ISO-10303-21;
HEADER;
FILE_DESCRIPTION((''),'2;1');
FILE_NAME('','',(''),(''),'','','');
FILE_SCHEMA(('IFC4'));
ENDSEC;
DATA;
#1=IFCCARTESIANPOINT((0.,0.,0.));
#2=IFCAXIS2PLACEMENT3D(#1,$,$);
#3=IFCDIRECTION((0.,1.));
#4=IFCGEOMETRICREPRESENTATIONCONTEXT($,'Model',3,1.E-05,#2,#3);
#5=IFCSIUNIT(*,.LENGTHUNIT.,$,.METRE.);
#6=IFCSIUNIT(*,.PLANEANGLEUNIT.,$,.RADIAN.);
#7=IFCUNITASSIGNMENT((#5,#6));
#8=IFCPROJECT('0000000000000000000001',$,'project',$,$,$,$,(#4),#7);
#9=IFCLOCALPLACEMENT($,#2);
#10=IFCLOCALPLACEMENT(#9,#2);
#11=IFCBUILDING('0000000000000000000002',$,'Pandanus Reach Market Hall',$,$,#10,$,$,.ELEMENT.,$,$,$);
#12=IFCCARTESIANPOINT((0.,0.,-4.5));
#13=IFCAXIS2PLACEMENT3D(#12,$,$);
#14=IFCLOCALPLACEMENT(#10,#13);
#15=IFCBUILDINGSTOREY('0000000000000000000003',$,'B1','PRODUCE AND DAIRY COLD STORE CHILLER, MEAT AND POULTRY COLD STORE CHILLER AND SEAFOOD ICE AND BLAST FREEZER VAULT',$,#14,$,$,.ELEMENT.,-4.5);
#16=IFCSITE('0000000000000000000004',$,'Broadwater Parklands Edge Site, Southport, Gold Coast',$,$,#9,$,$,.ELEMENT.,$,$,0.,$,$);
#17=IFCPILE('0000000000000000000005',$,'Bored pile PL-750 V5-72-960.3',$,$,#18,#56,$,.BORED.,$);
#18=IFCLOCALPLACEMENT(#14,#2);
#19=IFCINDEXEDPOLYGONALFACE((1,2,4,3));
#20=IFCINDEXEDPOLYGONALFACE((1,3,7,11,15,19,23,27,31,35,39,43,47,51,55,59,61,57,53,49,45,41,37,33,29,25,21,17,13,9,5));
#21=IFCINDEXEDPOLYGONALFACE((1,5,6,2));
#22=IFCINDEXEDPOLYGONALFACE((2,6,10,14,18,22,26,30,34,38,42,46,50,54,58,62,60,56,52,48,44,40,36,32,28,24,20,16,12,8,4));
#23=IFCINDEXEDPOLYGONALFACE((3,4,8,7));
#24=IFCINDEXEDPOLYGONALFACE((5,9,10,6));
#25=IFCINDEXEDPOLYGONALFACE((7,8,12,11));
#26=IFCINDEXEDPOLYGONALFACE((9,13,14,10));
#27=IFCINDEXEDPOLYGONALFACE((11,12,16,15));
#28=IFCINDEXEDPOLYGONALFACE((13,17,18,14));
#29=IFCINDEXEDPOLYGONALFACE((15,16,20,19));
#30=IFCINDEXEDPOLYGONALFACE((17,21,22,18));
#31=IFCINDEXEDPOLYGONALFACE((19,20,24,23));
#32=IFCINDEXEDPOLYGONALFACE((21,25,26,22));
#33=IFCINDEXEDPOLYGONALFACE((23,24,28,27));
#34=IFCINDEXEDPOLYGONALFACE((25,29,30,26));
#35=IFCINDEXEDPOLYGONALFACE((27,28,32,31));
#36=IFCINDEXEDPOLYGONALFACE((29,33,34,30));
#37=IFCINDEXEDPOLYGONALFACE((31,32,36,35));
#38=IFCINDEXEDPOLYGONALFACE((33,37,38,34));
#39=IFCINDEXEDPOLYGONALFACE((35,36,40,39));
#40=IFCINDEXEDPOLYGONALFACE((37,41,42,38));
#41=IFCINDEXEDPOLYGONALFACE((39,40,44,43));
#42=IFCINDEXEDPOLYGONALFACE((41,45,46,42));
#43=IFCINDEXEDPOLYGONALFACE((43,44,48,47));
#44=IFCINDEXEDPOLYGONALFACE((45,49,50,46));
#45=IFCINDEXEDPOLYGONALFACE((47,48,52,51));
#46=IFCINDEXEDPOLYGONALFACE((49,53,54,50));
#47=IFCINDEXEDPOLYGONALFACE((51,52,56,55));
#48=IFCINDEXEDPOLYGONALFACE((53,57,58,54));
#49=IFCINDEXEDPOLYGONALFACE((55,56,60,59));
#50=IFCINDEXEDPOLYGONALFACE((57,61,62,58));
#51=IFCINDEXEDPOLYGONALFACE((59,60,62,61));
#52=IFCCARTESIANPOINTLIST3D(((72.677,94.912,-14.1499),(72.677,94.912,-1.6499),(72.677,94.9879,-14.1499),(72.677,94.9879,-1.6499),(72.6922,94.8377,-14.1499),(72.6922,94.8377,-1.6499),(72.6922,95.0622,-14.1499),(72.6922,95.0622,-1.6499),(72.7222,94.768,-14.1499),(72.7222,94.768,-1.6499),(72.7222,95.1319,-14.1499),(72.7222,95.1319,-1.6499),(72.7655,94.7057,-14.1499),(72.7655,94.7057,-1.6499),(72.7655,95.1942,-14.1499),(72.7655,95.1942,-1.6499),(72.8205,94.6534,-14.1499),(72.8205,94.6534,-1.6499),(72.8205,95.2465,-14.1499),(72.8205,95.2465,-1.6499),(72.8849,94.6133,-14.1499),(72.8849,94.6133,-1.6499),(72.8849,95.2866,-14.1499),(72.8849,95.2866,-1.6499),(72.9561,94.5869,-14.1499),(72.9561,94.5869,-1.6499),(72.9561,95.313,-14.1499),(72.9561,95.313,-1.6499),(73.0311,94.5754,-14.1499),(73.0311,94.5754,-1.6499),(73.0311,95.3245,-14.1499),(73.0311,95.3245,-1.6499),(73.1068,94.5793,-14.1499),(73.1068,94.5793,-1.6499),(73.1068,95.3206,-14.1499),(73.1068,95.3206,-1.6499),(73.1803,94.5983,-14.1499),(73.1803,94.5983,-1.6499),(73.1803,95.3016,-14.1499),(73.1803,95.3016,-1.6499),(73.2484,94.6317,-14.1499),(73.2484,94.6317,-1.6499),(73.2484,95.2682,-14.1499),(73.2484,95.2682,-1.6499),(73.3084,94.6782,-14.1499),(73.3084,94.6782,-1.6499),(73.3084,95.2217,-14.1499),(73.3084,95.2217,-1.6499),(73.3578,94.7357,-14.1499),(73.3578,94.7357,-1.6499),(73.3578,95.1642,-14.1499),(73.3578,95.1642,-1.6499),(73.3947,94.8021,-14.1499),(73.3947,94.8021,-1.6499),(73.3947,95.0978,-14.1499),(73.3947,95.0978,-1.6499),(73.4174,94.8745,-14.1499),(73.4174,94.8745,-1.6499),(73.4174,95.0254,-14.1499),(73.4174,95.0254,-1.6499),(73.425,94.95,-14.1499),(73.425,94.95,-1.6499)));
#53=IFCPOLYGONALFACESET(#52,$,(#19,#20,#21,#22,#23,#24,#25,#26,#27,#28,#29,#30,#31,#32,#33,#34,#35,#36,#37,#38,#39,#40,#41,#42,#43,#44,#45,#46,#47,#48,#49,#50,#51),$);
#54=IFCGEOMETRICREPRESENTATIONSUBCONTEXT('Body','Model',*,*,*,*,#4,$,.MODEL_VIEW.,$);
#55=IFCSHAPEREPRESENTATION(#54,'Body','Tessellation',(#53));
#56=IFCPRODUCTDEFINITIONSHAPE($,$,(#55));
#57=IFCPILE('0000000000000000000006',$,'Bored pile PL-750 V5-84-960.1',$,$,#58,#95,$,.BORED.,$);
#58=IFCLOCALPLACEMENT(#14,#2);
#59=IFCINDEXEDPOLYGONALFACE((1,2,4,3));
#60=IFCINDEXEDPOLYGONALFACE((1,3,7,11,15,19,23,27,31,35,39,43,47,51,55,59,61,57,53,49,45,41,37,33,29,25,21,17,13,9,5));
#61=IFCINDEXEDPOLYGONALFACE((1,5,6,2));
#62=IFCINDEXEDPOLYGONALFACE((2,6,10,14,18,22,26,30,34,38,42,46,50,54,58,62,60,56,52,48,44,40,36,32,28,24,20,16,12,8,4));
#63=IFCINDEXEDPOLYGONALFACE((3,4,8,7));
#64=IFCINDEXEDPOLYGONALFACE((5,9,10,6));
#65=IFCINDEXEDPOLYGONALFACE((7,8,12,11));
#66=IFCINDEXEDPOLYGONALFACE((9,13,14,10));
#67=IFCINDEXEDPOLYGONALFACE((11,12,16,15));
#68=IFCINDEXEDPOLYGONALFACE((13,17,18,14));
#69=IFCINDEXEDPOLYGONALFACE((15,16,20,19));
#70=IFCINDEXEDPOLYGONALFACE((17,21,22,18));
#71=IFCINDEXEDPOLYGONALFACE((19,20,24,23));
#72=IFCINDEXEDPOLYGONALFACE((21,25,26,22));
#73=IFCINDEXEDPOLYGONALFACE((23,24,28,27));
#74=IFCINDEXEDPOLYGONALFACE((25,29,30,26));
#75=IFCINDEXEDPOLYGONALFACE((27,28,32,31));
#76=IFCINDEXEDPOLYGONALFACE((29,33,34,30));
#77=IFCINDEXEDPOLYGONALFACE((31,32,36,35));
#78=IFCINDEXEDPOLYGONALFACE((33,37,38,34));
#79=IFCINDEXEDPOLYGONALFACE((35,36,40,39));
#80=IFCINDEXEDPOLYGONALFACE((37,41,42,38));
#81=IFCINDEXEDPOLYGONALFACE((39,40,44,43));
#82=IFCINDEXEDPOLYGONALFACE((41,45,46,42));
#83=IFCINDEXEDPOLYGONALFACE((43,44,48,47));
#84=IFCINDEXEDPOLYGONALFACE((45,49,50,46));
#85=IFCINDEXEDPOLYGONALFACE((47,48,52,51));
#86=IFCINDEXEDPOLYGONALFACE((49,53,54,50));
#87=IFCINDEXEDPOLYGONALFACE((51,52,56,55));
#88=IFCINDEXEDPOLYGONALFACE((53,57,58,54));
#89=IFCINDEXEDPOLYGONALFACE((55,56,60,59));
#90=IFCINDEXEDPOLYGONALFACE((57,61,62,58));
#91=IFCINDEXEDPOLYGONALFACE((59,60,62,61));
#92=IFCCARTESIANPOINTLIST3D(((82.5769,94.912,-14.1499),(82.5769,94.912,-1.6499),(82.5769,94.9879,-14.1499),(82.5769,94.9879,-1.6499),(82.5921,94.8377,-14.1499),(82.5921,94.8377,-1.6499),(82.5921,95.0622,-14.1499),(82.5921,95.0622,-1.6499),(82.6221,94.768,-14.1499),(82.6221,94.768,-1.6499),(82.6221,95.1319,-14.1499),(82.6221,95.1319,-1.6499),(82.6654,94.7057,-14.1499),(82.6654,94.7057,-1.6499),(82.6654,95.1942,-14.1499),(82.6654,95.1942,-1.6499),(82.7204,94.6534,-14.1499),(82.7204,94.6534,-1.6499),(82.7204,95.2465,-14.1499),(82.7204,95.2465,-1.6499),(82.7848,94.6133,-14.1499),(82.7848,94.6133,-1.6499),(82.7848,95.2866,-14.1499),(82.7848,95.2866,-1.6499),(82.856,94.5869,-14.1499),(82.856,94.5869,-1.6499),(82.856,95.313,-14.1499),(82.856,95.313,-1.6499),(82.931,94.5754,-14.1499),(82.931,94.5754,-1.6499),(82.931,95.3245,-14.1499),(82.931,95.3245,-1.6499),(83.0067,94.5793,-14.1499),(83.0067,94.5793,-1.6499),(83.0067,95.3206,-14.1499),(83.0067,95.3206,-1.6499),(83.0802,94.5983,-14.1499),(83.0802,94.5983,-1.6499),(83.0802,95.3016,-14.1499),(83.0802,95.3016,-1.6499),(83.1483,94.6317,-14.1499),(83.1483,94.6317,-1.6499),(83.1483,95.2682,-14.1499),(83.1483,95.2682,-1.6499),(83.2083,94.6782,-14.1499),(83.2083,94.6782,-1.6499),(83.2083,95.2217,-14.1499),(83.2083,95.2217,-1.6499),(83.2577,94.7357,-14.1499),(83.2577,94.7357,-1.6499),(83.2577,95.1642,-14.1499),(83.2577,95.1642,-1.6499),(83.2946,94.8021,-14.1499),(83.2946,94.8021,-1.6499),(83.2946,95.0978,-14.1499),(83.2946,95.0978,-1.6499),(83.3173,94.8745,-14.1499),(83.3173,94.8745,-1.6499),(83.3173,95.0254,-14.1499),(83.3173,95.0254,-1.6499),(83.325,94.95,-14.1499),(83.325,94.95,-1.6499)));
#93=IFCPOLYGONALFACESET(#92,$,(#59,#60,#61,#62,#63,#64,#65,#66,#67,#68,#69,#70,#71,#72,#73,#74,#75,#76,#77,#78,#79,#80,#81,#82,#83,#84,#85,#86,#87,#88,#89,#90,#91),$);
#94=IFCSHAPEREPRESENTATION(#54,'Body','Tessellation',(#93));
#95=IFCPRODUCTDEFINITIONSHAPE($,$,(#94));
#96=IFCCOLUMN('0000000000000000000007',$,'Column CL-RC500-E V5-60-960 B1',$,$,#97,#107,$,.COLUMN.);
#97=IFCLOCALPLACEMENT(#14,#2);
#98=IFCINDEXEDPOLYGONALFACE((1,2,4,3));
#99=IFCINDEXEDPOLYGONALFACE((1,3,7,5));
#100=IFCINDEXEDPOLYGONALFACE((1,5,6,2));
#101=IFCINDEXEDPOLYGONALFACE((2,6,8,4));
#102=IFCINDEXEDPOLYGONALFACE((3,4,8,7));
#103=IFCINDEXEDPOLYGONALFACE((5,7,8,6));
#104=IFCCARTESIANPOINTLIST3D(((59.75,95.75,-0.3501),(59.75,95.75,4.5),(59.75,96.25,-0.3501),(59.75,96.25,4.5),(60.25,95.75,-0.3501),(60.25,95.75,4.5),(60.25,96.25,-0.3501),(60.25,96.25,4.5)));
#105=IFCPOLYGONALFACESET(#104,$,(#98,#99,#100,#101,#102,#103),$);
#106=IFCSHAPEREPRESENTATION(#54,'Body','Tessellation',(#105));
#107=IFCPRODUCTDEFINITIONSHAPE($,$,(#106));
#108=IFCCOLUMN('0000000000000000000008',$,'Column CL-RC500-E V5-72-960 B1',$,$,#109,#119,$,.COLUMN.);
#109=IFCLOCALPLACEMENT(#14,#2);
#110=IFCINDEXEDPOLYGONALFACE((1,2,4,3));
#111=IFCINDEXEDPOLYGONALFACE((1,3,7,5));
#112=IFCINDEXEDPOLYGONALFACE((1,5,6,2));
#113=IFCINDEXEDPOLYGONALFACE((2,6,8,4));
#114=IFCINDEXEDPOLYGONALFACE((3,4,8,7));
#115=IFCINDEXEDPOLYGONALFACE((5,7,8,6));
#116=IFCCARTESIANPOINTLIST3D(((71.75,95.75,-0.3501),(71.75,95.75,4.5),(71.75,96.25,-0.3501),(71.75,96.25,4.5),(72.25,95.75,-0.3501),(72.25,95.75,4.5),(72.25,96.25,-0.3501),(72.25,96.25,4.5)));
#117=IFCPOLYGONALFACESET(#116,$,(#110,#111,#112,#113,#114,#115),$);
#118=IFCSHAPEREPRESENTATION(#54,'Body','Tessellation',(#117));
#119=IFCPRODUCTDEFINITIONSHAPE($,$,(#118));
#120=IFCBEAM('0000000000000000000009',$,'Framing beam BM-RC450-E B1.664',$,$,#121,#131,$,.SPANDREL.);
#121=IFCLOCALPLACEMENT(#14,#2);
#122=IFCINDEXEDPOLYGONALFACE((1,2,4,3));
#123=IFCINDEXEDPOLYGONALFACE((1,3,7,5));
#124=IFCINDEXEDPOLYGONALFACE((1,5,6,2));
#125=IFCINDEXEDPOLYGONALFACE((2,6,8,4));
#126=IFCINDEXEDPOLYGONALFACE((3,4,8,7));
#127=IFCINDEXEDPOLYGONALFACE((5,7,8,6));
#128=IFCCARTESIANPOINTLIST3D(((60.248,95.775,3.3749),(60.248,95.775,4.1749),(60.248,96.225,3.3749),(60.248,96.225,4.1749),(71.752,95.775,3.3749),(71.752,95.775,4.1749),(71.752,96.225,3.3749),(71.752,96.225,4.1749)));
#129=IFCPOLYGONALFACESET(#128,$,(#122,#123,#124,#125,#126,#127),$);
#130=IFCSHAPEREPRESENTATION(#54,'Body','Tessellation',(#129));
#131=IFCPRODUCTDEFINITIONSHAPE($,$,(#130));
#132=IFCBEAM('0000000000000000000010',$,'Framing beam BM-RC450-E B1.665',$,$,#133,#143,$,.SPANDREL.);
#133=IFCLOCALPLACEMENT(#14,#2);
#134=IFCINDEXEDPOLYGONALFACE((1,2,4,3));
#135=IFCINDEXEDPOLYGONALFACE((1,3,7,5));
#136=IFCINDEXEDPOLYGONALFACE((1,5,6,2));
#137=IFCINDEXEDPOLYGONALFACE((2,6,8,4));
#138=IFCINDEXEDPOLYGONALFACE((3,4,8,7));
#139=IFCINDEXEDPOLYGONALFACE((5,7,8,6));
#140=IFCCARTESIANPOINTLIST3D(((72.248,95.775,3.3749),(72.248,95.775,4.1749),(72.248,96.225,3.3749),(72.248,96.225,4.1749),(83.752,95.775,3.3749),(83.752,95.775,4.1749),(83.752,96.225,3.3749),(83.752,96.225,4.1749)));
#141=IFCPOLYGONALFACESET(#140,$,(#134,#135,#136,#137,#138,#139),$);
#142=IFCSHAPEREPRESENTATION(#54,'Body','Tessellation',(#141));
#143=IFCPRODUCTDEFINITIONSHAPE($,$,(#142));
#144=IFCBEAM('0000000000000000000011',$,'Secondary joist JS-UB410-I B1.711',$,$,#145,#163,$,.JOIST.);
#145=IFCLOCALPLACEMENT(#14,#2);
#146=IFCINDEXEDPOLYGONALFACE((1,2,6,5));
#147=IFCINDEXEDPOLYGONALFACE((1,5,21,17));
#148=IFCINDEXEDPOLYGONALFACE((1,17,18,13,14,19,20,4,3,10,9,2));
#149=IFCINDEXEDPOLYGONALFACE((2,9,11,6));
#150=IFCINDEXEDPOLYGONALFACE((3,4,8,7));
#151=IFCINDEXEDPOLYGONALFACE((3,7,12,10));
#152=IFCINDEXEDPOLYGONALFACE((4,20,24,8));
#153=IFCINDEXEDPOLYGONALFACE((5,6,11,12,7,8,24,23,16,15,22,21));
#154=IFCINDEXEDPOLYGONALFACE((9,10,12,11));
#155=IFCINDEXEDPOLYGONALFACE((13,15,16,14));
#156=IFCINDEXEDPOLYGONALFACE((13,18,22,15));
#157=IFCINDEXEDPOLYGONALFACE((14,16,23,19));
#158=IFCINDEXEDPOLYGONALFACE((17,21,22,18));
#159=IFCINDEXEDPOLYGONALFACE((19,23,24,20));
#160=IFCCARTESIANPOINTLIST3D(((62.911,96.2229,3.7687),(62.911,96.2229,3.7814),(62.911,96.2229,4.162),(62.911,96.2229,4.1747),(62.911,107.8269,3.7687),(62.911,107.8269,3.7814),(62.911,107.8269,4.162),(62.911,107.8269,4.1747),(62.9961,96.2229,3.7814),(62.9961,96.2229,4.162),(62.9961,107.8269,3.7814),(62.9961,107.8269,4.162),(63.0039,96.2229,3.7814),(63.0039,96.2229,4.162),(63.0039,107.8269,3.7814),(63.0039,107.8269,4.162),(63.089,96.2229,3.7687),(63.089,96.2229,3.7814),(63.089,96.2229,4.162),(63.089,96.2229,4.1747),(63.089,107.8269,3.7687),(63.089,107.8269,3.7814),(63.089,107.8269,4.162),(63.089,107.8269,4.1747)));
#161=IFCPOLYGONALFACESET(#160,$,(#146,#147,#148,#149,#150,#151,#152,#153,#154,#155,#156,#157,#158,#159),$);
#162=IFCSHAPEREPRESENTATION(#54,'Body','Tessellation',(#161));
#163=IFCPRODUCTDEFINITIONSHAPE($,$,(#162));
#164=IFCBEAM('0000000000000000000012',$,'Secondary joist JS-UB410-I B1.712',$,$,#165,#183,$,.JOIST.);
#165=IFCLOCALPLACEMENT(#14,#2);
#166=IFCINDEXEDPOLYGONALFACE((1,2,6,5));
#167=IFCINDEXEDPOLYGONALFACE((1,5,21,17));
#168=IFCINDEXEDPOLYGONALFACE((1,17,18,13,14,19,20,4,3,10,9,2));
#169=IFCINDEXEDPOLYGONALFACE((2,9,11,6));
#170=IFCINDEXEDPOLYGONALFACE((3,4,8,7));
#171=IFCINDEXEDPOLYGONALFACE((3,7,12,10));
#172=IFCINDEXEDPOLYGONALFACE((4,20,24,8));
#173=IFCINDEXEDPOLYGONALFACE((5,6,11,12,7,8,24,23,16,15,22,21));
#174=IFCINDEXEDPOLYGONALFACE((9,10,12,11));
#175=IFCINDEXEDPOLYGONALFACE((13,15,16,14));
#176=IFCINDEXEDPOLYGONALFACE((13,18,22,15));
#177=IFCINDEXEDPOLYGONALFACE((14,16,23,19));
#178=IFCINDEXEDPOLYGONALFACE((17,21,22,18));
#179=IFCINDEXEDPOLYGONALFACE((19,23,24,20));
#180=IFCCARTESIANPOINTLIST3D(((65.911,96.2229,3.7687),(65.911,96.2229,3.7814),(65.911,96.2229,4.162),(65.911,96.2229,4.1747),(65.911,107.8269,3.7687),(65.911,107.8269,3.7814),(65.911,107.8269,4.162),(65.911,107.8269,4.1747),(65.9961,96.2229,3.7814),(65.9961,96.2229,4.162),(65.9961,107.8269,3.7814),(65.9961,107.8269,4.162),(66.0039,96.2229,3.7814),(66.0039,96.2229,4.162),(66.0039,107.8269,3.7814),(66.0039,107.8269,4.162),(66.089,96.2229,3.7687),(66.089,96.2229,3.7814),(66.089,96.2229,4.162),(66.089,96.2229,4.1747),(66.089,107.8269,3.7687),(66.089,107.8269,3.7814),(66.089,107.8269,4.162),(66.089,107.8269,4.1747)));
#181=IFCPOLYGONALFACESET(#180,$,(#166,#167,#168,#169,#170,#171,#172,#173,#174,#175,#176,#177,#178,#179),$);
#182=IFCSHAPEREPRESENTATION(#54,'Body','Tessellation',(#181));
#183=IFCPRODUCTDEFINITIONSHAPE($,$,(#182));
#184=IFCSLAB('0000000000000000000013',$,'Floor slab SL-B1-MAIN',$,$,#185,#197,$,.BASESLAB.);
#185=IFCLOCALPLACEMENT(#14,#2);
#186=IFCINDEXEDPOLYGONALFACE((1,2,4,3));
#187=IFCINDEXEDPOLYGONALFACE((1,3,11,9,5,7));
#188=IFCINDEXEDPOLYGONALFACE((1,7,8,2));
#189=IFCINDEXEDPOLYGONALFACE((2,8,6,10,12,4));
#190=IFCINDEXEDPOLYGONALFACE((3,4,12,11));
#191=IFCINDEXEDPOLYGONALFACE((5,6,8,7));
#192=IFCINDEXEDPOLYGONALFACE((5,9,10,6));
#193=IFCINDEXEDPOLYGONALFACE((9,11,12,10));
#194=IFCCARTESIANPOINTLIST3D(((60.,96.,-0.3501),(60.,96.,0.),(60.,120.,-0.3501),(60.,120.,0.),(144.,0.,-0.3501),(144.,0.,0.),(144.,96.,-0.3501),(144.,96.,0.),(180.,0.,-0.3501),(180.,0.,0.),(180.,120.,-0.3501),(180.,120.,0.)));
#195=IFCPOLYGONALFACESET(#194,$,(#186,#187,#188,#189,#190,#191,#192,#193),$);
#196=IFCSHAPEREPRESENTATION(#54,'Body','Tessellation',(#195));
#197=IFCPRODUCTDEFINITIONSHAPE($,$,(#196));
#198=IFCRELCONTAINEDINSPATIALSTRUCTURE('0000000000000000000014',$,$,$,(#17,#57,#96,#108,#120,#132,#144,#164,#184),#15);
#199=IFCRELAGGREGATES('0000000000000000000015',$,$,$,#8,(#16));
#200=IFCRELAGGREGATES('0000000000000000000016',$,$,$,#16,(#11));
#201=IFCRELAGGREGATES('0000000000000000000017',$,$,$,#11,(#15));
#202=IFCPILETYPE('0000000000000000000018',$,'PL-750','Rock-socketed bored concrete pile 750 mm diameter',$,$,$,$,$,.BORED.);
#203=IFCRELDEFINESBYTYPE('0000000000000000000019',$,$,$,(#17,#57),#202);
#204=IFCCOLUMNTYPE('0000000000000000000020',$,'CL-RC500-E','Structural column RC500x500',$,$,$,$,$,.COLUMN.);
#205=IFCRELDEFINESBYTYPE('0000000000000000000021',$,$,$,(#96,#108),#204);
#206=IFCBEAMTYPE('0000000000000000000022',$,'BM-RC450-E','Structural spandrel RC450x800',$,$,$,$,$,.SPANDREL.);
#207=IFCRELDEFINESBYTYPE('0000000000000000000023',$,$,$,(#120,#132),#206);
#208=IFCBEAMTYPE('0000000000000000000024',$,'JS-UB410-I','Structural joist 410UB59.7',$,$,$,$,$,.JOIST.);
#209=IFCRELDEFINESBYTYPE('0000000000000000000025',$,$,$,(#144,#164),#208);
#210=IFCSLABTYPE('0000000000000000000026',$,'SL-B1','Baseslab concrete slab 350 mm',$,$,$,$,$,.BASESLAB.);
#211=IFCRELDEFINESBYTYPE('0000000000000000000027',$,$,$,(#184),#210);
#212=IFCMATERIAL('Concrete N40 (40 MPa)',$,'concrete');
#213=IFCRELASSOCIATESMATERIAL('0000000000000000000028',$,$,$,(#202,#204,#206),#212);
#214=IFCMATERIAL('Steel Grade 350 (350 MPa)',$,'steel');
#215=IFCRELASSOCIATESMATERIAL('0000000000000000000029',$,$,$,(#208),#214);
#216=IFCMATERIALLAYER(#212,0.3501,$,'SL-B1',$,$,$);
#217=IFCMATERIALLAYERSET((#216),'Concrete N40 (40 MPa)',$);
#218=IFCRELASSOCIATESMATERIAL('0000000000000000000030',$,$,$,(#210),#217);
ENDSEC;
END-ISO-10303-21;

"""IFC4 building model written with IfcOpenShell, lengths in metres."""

from ifc_helpers import new_model, si_unit, direction, frame, origin, origin_2d, place, context, subcontext, project, spatial, polyline, rectangle, circle, i_section, outline, extrude, material, layer, layer_set, material_profile, profile_set, type_object, element, save


model = new_model("IFC4")

# Units and contexts
model_context = context("Model", 3, precision=1e-05, world=origin(), true_north=direction((0.0, 1.0)))
body_context = subcontext(model_context, "Body", "Model", "MODEL_VIEW")
ifc_project = project(units=[si_unit("LENGTHUNIT", "METRE"), si_unit("PLANEANGLEUNIT", "RADIAN")], contexts=[model_context])

# Site, building, storey
site_placement = place(None, origin())
site = spatial("IfcSite", under=ifc_project, at=site_placement, Name="Broadwater Parklands Edge Site, Southport, Gold Coast", CompositionType="ELEMENT", RefElevation=0.0)
building_placement = place(site_placement, origin())
building = spatial("IfcBuilding", under=site, at=building_placement, Name="Pandanus Reach Market Hall", CompositionType="ELEMENT")
storey_placement = place(building_placement, frame((0.0, 0.0, -4.5)))
storey = spatial("IfcBuildingStorey", under=building, at=storey_placement, Name="B1", Description="PRODUCE AND DAIRY COLD STORE CHILLER, MEAT AND POULTRY COLD STORE CHILLER AND SEAFOOD ICE AND BLAST FREEZER VAULT", CompositionType="ELEMENT", Elevation=-4.5)

# Shared definitions
ifc_material_1 = material(Name="Concrete N40 (40 MPa)", Category="concrete")

# Piles
ifc_material_profile_1 = material_profile(ifc_material_1, circle(Radius=0.375, at=origin_2d()), Name="PILE-750D", Category="LoadBearing")
ifc_profile_set_1 = profile_set([ifc_material_profile_1], Name="Concrete N40 (40 MPa)")
pile_type = type_object("IfcPileType", Name="PL-750", Description="Rock-socketed bored concrete pile 750 mm diameter", PredefinedType="BORED", material=ifc_profile_set_1)
for number, where, z_axis, x_axis, name in (
    (1, (73.05, 94.95, -1.6499), (0.0, 0.0, -1.0), (1.0, 0.0, 0.0), "Bored pile PL-750 V5-72-960.3"),
    (2, (82.95, 94.95, -1.6499), (0.0, 0.0, -1.0), (1.0, 0.0, 0.0), "Bored pile PL-750 V5-84-960.1"),
):
    element("IfcPile", number, at=place(storey_placement, frame(where, z_axis=z_axis, x_axis=x_axis)), inside=storey, type_object=pile_type, Name=name, PredefinedType="BORED", context=body_context, shape_type="SweptSolid", body=[
        extrude(circle(Radius=0.375, at=origin_2d()), origin(), (0.0, 0.0, 1.0), 12.5),
    ])

# Columns
ifc_material_profile_2 = material_profile(ifc_material_1, rectangle(XDim=0.5, YDim=0.5, at=origin_2d()), Name="RC500x500", Category="LoadBearing")
ifc_profile_set_2 = profile_set([ifc_material_profile_2], Name="Concrete N40 (40 MPa)")
column_type = type_object("IfcColumnType", Name="CL-RC500-E", Description="Structural column RC500x500", PredefinedType="COLUMN", material=ifc_profile_set_2)
for number, where, z_axis, x_axis, name in (
    (3, (60.0, 96.0, -0.3501), (0.0, 0.0, 1.0), (1.0, 0.0, 0.0), "Column CL-RC500-E V5-60-960 B1"),
    (4, (72.0, 96.0, -0.3501), (0.0, 0.0, 1.0), (1.0, 0.0, 0.0), "Column CL-RC500-E V5-72-960 B1"),
):
    element("IfcColumn", number, at=place(storey_placement, frame(where, z_axis=z_axis, x_axis=x_axis)), inside=storey, type_object=column_type, Name=name, PredefinedType="COLUMN", context=body_context, shape_type="SweptSolid", body=[
        extrude(rectangle(XDim=0.5, YDim=0.5, at=origin_2d()), origin(), (0.0, 0.0, 1.0), 4.8501),
    ])

# Beams
ifc_material_profile_3 = material_profile(ifc_material_1, rectangle(XDim=0.45, YDim=0.8, at=origin_2d()), Name="RC450x800", Category="LoadBearing")
ifc_profile_set_3 = profile_set([ifc_material_profile_3], Name="Concrete N40 (40 MPa)")
beam_type_1 = type_object("IfcBeamType", Name="BM-RC450-E", Description="Structural spandrel RC450x800", PredefinedType="SPANDREL", material=ifc_profile_set_3)
for number, where, z_axis, x_axis, name in (
    (5, (60.248, 96.0, 3.7749), (1.0, 0.0, 0.0), (0.0, 1.0, 0.0), "Framing beam BM-RC450-E B1.664"),
    (6, (72.248, 96.0, 3.7749), (1.0, 0.0, 0.0), (0.0, 1.0, 0.0), "Framing beam BM-RC450-E B1.665"),
):
    element("IfcBeam", number, at=place(storey_placement, frame(where, z_axis=z_axis, x_axis=x_axis)), inside=storey, type_object=beam_type_1, Name=name, PredefinedType="SPANDREL", context=body_context, shape_type="SweptSolid", body=[
        extrude(rectangle(XDim=0.45, YDim=0.8, at=origin_2d()), origin(), (0.0, 0.0, 1.0), 11.5039),
    ])
ifc_material_2 = material(Name="Steel Grade 350 (350 MPa)", Category="steel")
ifc_material_profile_4 = material_profile(ifc_material_2, i_section(OverallWidth=0.178, OverallDepth=0.406, WebThickness=0.0078, FlangeThickness=0.0127, at=origin_2d()), Name="410UB59.7", Category="LoadBearing")
ifc_profile_set_4 = profile_set([ifc_material_profile_4], Name="Steel Grade 350 (350 MPa)")
beam_type_2 = type_object("IfcBeamType", Name="JS-UB410-I", Description="Structural joist 410UB59.7", PredefinedType="JOIST", material=ifc_profile_set_4)
for number, where, z_axis, x_axis, name in (
    (7, (63.0, 96.2229, 3.9717), (0.0, 1.0, 0.0), (-1.0, 0.0, 0.0), "Secondary joist JS-UB410-I B1.711"),
    (8, (66.0, 96.2229, 3.9717), (0.0, 1.0, 0.0), (-1.0, 0.0, 0.0), "Secondary joist JS-UB410-I B1.712"),
):
    element("IfcBeam", number, at=place(storey_placement, frame(where, z_axis=z_axis, x_axis=x_axis)), inside=storey, type_object=beam_type_2, Name=name, PredefinedType="JOIST", context=body_context, shape_type="SweptSolid", body=[
        extrude(i_section(OverallWidth=0.178, OverallDepth=0.406, WebThickness=0.0078, FlangeThickness=0.0127, at=origin_2d()), origin(), (0.0, 0.0, 1.0), 11.604),
    ])

# Slab
ifc_layer_1 = layer(ifc_material_1, 0.3501, Name="SL-B1")
ifc_layer_set_1 = layer_set([ifc_layer_1], Name="Concrete N40 (40 MPa)")
slab_type_1 = type_object("IfcSlabType", Name="SL-B1", Description="Baseslab concrete slab 350 mm", PredefinedType="BASESLAB", material=ifc_layer_set_1)
slab_1_placement = place(storey_placement, frame((0.0, 0.0, -0.3501)))
element("IfcSlab", 9, at=slab_1_placement, inside=storey, type_object=slab_type_1, Name="Floor slab SL-B1-MAIN", PredefinedType="BASESLAB", context=body_context, shape_type="SweptSolid", body=[
    extrude(outline(polyline([(144.0, 0.0), (180.0, 0.0), (180.0, 120.0), (60.0, 120.0), (60.0, 96.0), (144.0, 96.0), (144.0, 0.0)])), origin(), (0.0, 0.0, 1.0), 0.3501),
])

save(model, "model.ifc")
